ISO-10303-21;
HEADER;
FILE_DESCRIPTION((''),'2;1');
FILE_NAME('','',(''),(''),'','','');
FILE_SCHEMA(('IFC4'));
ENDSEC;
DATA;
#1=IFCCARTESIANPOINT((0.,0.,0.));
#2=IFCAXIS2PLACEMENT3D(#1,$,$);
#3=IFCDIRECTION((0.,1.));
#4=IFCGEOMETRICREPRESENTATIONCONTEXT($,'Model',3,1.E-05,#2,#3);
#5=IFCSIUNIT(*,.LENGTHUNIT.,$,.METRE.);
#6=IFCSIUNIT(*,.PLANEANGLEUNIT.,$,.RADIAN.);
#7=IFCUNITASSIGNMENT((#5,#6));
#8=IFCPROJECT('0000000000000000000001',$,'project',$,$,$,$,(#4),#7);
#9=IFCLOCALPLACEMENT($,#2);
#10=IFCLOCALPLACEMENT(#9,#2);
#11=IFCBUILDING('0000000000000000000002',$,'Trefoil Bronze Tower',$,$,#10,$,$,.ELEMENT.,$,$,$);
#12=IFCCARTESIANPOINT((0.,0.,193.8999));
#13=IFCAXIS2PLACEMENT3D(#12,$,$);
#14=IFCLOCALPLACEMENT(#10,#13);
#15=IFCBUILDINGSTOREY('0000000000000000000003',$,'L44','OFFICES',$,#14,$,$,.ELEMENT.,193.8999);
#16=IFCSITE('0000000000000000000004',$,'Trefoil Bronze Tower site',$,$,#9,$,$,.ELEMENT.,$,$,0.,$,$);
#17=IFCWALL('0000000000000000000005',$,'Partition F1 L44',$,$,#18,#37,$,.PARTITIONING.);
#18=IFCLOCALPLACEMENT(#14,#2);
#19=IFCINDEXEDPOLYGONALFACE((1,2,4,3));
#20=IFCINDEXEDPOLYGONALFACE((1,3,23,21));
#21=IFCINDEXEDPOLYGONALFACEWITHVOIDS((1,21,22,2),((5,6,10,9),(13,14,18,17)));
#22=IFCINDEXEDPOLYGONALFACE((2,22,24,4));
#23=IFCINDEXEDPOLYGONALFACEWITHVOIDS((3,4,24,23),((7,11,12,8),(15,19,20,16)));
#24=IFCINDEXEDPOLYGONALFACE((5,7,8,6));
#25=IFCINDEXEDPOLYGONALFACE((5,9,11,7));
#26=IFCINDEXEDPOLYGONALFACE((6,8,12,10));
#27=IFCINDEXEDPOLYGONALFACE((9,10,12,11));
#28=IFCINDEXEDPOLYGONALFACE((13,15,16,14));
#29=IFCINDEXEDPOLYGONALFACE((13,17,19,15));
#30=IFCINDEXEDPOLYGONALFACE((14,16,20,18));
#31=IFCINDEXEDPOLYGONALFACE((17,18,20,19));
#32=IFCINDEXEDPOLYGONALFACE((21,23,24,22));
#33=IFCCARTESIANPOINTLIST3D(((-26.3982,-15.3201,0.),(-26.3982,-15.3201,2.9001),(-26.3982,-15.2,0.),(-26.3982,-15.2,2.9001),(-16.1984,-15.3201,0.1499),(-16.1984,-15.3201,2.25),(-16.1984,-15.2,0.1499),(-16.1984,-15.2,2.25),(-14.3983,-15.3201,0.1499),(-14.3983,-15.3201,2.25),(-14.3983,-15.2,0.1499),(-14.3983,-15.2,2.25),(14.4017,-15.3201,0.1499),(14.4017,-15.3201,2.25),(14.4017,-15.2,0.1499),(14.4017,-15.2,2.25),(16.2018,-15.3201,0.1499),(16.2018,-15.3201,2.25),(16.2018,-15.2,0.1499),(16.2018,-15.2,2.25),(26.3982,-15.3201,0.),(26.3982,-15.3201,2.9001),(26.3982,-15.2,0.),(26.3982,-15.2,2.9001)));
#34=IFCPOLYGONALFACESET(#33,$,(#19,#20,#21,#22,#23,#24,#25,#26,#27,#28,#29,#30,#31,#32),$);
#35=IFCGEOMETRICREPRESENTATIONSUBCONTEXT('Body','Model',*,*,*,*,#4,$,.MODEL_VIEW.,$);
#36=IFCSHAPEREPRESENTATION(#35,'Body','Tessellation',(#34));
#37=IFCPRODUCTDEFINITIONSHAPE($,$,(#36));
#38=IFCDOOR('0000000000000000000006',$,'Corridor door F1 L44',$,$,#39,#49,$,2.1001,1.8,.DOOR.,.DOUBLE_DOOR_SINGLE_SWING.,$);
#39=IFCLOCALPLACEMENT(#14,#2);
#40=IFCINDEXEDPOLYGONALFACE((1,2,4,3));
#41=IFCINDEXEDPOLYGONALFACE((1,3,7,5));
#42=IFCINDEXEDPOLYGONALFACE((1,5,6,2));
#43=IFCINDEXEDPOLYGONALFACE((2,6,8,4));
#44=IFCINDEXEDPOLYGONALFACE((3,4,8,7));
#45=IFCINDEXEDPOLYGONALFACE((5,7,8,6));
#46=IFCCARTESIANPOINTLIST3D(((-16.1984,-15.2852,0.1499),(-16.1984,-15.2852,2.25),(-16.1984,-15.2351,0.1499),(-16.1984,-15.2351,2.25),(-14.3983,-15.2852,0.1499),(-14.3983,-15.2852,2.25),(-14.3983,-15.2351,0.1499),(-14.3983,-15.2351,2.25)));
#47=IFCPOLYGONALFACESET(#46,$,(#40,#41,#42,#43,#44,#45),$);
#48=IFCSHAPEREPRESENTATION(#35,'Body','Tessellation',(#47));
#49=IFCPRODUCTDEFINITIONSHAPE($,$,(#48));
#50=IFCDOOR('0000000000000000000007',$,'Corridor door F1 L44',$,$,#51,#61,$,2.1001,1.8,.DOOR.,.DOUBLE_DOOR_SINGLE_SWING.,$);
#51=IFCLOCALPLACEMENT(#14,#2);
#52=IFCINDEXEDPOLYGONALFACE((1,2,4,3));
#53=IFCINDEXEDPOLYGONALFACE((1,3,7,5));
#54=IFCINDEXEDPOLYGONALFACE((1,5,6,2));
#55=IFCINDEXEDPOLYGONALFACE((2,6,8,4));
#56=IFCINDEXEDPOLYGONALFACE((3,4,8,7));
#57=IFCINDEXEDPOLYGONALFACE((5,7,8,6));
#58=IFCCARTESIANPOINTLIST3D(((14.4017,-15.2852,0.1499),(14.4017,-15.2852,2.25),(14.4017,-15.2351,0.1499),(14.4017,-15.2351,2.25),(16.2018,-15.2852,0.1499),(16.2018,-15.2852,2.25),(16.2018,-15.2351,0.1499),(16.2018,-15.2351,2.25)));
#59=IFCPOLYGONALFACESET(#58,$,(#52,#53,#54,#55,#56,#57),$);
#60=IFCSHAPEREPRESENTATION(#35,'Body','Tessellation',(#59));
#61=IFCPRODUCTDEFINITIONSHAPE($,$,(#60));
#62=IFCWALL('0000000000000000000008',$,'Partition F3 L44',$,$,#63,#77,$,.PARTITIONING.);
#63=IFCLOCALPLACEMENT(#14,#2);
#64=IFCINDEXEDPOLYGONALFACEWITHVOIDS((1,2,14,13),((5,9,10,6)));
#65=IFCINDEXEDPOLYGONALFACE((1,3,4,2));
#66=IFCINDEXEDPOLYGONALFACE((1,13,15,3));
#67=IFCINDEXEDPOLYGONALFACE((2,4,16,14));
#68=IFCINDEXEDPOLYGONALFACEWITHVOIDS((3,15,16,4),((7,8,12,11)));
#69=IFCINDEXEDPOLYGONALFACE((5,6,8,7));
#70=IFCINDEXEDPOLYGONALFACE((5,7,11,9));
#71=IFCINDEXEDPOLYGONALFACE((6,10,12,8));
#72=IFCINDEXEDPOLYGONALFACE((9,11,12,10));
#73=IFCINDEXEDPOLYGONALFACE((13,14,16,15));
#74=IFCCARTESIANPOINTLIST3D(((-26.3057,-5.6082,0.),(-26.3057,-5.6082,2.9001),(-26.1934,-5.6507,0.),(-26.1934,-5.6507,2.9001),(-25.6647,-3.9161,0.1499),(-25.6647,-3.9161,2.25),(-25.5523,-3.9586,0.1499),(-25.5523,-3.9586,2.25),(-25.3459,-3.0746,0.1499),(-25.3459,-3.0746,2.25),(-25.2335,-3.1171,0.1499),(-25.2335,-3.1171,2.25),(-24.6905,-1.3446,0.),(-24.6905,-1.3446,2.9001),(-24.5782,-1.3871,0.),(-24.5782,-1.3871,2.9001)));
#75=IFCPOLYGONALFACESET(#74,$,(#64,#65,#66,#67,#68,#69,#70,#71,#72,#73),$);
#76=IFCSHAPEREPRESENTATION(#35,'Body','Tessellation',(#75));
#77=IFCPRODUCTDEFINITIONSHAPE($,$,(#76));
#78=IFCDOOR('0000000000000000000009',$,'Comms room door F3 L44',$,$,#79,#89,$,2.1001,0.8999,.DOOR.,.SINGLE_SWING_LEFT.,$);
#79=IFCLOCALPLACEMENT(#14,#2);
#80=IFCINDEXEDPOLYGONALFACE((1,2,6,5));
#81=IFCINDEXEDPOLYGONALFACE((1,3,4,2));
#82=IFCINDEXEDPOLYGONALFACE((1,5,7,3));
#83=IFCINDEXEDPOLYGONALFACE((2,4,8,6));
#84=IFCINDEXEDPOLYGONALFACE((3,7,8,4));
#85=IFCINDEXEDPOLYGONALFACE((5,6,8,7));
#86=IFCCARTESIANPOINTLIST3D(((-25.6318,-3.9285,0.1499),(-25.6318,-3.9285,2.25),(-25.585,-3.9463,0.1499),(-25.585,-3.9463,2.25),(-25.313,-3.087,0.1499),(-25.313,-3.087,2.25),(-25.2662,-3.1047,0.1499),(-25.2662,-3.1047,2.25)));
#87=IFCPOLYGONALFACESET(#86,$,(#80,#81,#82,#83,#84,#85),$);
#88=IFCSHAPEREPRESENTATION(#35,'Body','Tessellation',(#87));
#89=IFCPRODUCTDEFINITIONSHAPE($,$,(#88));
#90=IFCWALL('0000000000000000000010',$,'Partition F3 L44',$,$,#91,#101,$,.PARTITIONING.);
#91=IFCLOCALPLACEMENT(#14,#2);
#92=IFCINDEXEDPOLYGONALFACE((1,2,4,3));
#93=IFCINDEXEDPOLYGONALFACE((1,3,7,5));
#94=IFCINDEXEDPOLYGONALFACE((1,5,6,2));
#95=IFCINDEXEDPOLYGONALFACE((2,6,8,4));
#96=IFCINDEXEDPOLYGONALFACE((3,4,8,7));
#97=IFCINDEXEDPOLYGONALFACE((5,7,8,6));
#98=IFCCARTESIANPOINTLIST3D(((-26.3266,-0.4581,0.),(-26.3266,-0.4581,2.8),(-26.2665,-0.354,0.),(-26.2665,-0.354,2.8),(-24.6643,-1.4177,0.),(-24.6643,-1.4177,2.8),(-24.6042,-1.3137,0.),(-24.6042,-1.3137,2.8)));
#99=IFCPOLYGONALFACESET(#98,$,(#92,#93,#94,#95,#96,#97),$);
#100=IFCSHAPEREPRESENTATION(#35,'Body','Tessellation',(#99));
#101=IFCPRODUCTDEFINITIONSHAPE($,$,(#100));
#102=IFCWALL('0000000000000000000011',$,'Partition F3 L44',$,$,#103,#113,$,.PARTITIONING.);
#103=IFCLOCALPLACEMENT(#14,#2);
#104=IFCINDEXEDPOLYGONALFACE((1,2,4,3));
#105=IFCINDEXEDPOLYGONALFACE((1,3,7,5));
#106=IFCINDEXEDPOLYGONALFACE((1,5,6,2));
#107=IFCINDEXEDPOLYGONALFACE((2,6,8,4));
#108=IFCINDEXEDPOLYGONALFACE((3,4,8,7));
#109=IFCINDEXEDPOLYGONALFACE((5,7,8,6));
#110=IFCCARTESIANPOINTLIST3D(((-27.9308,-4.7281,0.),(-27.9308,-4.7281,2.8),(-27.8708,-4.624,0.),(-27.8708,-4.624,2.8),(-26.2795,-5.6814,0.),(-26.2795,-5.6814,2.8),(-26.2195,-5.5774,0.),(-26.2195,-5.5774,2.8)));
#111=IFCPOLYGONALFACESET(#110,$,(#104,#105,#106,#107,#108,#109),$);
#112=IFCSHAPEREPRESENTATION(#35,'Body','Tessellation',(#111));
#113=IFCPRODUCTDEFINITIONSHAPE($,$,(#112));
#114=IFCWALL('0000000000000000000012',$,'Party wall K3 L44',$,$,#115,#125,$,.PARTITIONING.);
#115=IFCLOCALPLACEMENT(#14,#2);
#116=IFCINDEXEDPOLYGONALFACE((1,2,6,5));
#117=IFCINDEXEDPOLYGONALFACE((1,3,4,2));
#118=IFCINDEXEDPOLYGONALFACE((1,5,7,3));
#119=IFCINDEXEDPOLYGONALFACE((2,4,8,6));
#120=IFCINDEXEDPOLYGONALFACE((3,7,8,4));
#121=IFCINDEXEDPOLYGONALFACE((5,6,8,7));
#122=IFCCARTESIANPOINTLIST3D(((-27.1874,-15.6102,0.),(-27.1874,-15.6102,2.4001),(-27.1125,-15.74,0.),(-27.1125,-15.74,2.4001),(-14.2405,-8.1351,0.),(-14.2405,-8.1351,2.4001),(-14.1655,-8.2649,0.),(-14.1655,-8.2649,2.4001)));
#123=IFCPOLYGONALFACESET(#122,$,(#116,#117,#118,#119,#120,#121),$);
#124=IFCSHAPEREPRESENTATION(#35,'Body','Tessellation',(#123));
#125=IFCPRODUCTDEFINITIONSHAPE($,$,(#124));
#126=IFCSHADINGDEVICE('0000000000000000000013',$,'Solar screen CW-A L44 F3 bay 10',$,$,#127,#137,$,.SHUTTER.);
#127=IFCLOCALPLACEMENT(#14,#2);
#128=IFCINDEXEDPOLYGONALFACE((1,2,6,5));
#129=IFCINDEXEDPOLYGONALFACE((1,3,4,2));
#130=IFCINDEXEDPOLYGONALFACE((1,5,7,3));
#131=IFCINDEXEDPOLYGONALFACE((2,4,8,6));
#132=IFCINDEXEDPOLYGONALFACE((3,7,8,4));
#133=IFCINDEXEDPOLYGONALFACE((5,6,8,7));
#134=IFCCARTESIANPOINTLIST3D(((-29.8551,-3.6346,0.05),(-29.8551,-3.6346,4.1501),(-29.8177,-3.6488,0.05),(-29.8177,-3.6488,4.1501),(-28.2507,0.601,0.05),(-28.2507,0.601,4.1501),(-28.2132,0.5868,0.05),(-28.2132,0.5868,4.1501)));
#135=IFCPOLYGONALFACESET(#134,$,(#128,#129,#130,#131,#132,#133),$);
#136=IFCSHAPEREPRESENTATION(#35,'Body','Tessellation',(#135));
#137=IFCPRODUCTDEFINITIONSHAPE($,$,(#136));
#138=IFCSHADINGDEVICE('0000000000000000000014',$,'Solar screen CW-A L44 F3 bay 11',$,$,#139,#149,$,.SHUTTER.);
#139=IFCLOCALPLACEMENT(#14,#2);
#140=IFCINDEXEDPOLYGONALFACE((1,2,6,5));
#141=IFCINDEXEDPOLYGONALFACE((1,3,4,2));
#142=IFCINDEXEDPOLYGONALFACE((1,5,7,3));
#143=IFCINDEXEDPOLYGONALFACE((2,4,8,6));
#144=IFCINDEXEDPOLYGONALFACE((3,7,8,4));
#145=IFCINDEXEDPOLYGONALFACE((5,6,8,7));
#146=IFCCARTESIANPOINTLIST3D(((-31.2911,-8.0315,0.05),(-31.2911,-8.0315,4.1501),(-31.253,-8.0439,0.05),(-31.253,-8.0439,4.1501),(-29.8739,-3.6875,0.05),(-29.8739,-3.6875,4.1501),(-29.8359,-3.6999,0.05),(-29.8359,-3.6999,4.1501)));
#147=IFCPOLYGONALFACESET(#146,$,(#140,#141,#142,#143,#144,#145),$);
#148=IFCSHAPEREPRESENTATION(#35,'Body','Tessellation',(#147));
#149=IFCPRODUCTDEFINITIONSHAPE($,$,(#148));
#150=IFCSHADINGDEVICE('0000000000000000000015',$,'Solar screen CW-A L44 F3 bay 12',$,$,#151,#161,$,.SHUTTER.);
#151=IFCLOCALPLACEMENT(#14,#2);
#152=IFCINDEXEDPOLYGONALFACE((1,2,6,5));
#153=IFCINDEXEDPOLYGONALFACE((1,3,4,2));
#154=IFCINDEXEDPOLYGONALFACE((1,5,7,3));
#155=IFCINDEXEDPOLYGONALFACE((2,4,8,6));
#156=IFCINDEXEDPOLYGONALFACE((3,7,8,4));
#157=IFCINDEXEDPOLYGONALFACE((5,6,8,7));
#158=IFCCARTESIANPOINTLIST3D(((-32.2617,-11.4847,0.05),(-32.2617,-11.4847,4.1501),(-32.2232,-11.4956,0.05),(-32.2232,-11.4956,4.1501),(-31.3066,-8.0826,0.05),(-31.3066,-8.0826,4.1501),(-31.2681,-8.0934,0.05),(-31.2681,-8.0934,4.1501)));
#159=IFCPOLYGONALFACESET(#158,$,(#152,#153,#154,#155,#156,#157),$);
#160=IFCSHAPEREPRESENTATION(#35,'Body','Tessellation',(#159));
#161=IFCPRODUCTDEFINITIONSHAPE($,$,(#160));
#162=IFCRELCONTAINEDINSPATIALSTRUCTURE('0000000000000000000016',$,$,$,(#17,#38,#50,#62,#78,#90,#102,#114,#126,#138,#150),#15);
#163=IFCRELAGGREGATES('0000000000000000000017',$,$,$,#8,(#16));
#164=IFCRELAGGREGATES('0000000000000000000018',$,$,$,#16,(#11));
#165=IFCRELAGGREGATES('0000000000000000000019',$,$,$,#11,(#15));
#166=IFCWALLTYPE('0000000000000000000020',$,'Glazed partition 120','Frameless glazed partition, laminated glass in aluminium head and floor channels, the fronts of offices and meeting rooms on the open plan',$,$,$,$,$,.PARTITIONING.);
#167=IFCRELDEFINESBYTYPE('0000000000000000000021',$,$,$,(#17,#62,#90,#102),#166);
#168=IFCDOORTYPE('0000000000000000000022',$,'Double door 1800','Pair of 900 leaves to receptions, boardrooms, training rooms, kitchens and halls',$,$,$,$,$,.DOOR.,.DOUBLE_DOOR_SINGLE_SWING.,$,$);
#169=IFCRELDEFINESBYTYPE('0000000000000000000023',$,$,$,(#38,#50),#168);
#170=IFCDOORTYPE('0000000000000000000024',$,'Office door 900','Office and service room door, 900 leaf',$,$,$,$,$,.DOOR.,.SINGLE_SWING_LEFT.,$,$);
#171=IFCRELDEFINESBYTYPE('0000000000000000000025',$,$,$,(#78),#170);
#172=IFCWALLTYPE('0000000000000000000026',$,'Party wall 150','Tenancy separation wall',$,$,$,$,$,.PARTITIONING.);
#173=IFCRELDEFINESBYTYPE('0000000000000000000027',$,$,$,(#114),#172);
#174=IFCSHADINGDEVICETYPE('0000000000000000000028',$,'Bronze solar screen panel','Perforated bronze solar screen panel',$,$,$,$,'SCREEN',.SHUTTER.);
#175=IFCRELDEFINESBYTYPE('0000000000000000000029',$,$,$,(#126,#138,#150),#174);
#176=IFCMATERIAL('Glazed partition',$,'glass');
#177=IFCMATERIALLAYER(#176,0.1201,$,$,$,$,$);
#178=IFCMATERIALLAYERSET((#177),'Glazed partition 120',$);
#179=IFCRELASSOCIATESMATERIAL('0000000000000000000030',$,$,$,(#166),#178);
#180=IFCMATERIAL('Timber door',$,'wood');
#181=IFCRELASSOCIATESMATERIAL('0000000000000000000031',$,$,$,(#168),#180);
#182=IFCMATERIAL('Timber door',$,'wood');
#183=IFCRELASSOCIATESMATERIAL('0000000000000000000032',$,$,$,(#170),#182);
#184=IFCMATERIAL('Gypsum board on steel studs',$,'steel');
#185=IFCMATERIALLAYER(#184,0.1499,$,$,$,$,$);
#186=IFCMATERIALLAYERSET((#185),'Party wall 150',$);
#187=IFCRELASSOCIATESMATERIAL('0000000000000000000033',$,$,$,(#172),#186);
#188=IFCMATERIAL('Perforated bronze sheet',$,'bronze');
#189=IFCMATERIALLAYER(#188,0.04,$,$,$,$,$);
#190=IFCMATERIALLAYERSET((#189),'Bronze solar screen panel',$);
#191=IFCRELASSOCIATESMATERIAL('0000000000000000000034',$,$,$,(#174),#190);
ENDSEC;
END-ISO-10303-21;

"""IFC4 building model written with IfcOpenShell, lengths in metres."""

from ifc_helpers import new_model, si_unit, direction, frame, frame_2d, origin, origin_2d, place, context, subcontext, project, spatial, rectangle, extrude, material, layer, layer_set, type_object, element, fill, save


model = new_model("IFC4")

# Units and contexts
model_context = context("Model", 3, precision=1e-05, world=origin(), true_north=direction((0.0, 1.0)))
body_context = subcontext(model_context, "Body", "Model", "MODEL_VIEW")
ifc_project = project(units=[si_unit("LENGTHUNIT", "METRE"), si_unit("PLANEANGLEUNIT", "RADIAN")], contexts=[model_context])

# Site, building, storey
site_placement = place(None, origin())
site = spatial("IfcSite", under=ifc_project, at=site_placement, Name="Trefoil Bronze Tower site", CompositionType="ELEMENT", RefElevation=0.0)
building_placement = place(site_placement, origin())
building = spatial("IfcBuilding", under=site, at=building_placement, Name="Trefoil Bronze Tower", CompositionType="ELEMENT")
storey_placement = place(building_placement, frame((0.0, 0.0, 193.8999)))
storey = spatial("IfcBuildingStorey", under=building, at=storey_placement, Name="L44", Description="OFFICES", CompositionType="ELEMENT", Elevation=193.8999)

# Wall, openings, doors
ifc_material_1 = material(Name="Glazed partition", Category="glass")
ifc_layer_1 = layer(ifc_material_1, 0.1201)
ifc_layer_set_1 = layer_set([ifc_layer_1], Name="Glazed partition 120")
wall_type_1 = type_object("IfcWallType", Name="Glazed partition 120", Description="Frameless glazed partition, laminated glass in aluminium head and floor channels, the fronts of offices and meeting rooms on the open plan", PredefinedType="PARTITIONING", material=ifc_layer_set_1)
wall_1_placement = place(storey_placement, frame((-26.3982, -15.26, 0.0), z_axis=(0.0, 0.0, 1.0), x_axis=(1.0, 0.0, 0.0)))
wall_1 = element("IfcWall", 1, at=wall_1_placement, inside=storey, type_object=wall_type_1, Name="Partition F1 L44", PredefinedType="PARTITIONING", context=body_context, shape_type="SweptSolid", body=[
    extrude(rectangle(XDim=52.7964, YDim=0.1201, at=frame_2d((26.3982, 0.0))), origin(), (0.0, 0.0, 1.0), 2.9001),
])
opening_1_placement = place(wall_1_placement, frame((10.2, 0.0, 0.1499)))
opening_1 = element("IfcOpeningElement", 2, at=opening_1_placement, cuts=wall_1, PredefinedType="OPENING", context=body_context, shape_type="SweptSolid", body=[
    extrude(rectangle(XDim=1.8, YDim=2.1001, at=frame_2d((0.8999, 1.05))), frame((0.0, 0.0701, 0.0), z_axis=(0.0, -1.0, 0.0), x_axis=(1.0, 0.0, 0.0)), (0.0, 0.0, 1.0), 0.1401),
])
opening_2_placement = place(wall_1_placement, frame((40.8, 0.0, 0.1499)))
opening_2 = element("IfcOpeningElement", 3, at=opening_2_placement, cuts=wall_1, PredefinedType="OPENING", context=body_context, shape_type="SweptSolid", body=[
    extrude(rectangle(XDim=1.8, YDim=2.1001, at=frame_2d((0.8999, 1.05))), frame((0.0, 0.0701, 0.0), z_axis=(0.0, -1.0, 0.0), x_axis=(1.0, 0.0, 0.0)), (0.0, 0.0, 1.0), 0.1401),
])
ifc_material_2 = material(Name="Timber door", Category="wood")
door_type_1 = type_object("IfcDoorType", Name="Double door 1800", Description="Pair of 900 leaves to receptions, boardrooms, training rooms, kitchens and halls", OperationType="DOUBLE_DOOR_SINGLE_SWING", PredefinedType="DOOR", material=ifc_material_2)
door_1_placement = place(opening_1_placement, origin())
door_1 = element("IfcDoor", 4, at=door_1_placement, inside=storey, type_object=door_type_1, Name="Corridor door F1 L44", OperationType="DOUBLE_DOOR_SINGLE_SWING", OverallHeight=2.1001, OverallWidth=1.8, PredefinedType="DOOR", context=body_context, shape_type="SweptSolid", body=[
    extrude(rectangle(XDim=1.8, YDim=2.1001, at=frame_2d((0.8999, 1.05))), frame((0.0, 0.0249, 0.0), z_axis=(0.0, -1.0, 0.0), x_axis=(1.0, 0.0, 0.0)), (0.0, 0.0, 1.0), 0.05),
])
fill(opening_1, door_1)
door_2_placement = place(opening_2_placement, origin())
door_2 = element("IfcDoor", 5, at=door_2_placement, inside=storey, type_object=door_type_1, Name="Corridor door F1 L44", OperationType="DOUBLE_DOOR_SINGLE_SWING", OverallHeight=2.1001, OverallWidth=1.8, PredefinedType="DOOR", context=body_context, shape_type="SweptSolid", body=[
    extrude(rectangle(XDim=1.8, YDim=2.1001, at=frame_2d((0.8999, 1.05))), frame((0.0, 0.0249, 0.0), z_axis=(0.0, -1.0, 0.0), x_axis=(1.0, 0.0, 0.0)), (0.0, 0.0, 1.0), 0.05),
])
fill(opening_2, door_2)

# Wall, opening, door
wall_2_placement = place(storey_placement, frame((-24.6343, -1.3657, 0.0), z_axis=(0.0, 0.0, 1.0), x_axis=(-0.354267, -0.935144, 0.0)))
wall_2 = element("IfcWall", 6, at=wall_2_placement, inside=storey, type_object=wall_type_1, Name="Partition F3 L44", PredefinedType="PARTITIONING", context=body_context, shape_type="SweptSolid", body=[
    extrude(rectangle(XDim=4.5593, YDim=0.1201, at=frame_2d((2.2798, 0.0))), origin(), (0.0, 0.0, 1.0), 2.9001),
])
opening_3_placement = place(wall_2_placement, frame((1.8501, 0.0, 0.1499)))
opening_3 = element("IfcOpeningElement", 7, at=opening_3_placement, cuts=wall_2, PredefinedType="OPENING", context=body_context, shape_type="SweptSolid", body=[
    extrude(rectangle(XDim=0.8999, YDim=2.1001, at=frame_2d((0.45, 1.05))), frame((0.0, 0.0701, 0.0), z_axis=(0.0, -1.0, 0.0), x_axis=(1.0, 0.0, 0.0)), (0.0, 0.0, 1.0), 0.1401),
])
ifc_material_3 = material(Name="Timber door", Category="wood")
door_type_2 = type_object("IfcDoorType", Name="Office door 900", Description="Office and service room door, 900 leaf", OperationType="SINGLE_SWING_LEFT", PredefinedType="DOOR", material=ifc_material_3)
door_3_placement = place(opening_3_placement, frame((0.8999, 0.0, 0.0), z_axis=(0.0, 0.0, 1.0), x_axis=(-1.0, 0.0, 0.0)))
door_3 = element("IfcDoor", 8, at=door_3_placement, inside=storey, type_object=door_type_2, Name="Comms room door F3 L44", OperationType="SINGLE_SWING_LEFT", OverallHeight=2.1001, OverallWidth=0.8999, PredefinedType="DOOR", context=body_context, shape_type="SweptSolid", body=[
    extrude(rectangle(XDim=0.8999, YDim=2.1001, at=frame_2d((0.45, 1.05))), frame((0.0, 0.0249, 0.0), z_axis=(0.0, -1.0, 0.0), x_axis=(1.0, 0.0, 0.0)), (0.0, 0.0, 1.0), 0.05),
])
fill(opening_3, door_3)

# Walls
wall_3_placement = place(storey_placement, frame((-24.6343, -1.3657, 0.0), z_axis=(0.0, 0.0, 1.0), x_axis=(-0.866035, 0.499983, 0.0)))
element("IfcWall", 9, at=wall_3_placement, inside=storey, type_object=wall_type_1, Name="Partition F3 L44", PredefinedType="PARTITIONING", context=body_context, shape_type="SweptSolid", body=[
    extrude(rectangle(XDim=1.9194, YDim=0.1201, at=frame_2d((0.9597, 0.0))), origin(), (0.0, 0.0, 1.0), 2.8),
])
wall_4_placement = place(storey_placement, frame((-26.2495, -5.6294, 0.0), z_axis=(0.0, 0.0, 1.0), x_axis=(-0.866036, 0.499981, 0.0)))
element("IfcWall", 10, at=wall_4_placement, inside=storey, type_object=wall_type_1, Name="Partition F3 L44", PredefinedType="PARTITIONING", context=body_context, shape_type="SweptSolid", body=[
    extrude(rectangle(XDim=1.9067, YDim=0.1201, at=frame_2d((0.9534, 0.0))), origin(), (0.0, 0.0, 1.0), 2.8),
])
ifc_material_4 = material(Name="Gypsum board on steel studs", Category="steel")
ifc_layer_2 = layer(ifc_material_4, 0.1499)
ifc_layer_set_2 = layer_set([ifc_layer_2], Name="Party wall 150")
wall_type_2 = type_object("IfcWallType", Name="Party wall 150", Description="Tenancy separation wall", PredefinedType="PARTITIONING", material=ifc_layer_set_2)
wall_5_placement = place(storey_placement, frame((-14.2029, -8.2, 0.0), z_axis=(0.0, 0.0, 1.0), x_axis=(-0.866022, -0.500007, 0.0)))
element("IfcWall", 11, at=wall_5_placement, inside=storey, type_object=wall_type_2, Name="Party wall K3 L44", PredefinedType="PARTITIONING", context=body_context, shape_type="SweptSolid", body=[
    extrude(rectangle(XDim=14.95, YDim=0.1499, at=frame_2d((7.4751, 0.0))), origin(), (0.0, 0.0, 1.0), 2.4001),
])

# Shading devices
ifc_material_5 = material(Name="Perforated bronze sheet", Category="bronze")
ifc_layer_3 = layer(ifc_material_5, 0.04)
ifc_layer_set_3 = layer_set([ifc_layer_3], Name="Bronze solar screen panel")
shading_device_type = type_object("IfcShadingDeviceType", Name="Bronze solar screen panel", Description="Perforated bronze solar screen panel", ElementType="SCREEN", PredefinedType="SHUTTER", material=ifc_layer_set_3)
shading_device_1_placement = place(storey_placement, frame((-29.0342, -1.5239, 0.05), z_axis=(0.0, 0.0, 1.0), x_axis=(-0.354234, -0.935157, 0.0)))
element("IfcShadingDevice", 12, at=shading_device_1_placement, inside=storey, type_object=shading_device_type, Name="Solar screen CW-A L44 F3 bay 10", PredefinedType="SHUTTER", context=body_context, shape_type="SweptSolid", body=[
    extrude(rectangle(XDim=4.5293, YDim=0.04, at=origin_2d()), origin(), (0.0, 0.0, 1.0), 4.1001),
])
shading_device_2_placement = place(storey_placement, frame((-30.5635, -5.8657, 0.05), z_axis=(0.0, 0.0, 1.0), x_axis=(-0.310149, -0.950688, 0.0)))
element("IfcShadingDevice", 13, at=shading_device_2_placement, inside=storey, type_object=shading_device_type, Name="Solar screen CW-A L44 F3 bay 11", PredefinedType="SHUTTER", context=body_context, shape_type="SweptSolid", body=[
    extrude(rectangle(XDim=4.5693, YDim=0.04, at=origin_2d()), origin(), (0.0, 0.0, 1.0), 4.1001),
])
shading_device_3_placement = place(storey_placement, frame((-31.7649, -9.7891, 0.05), z_axis=(0.0, 0.0, 1.0), x_axis=(-0.270282, -0.962781, 0.0)))
element("IfcShadingDevice", 14, at=shading_device_3_placement, inside=storey, type_object=shading_device_type, Name="Solar screen CW-A L44 F3 bay 12", PredefinedType="SHUTTER", context=body_context, shape_type="SweptSolid", body=[
    extrude(rectangle(XDim=3.5337, YDim=0.04, at=origin_2d()), origin(), (0.0, 0.0, 1.0), 4.1001),
])

save(model, "model.ifc")
